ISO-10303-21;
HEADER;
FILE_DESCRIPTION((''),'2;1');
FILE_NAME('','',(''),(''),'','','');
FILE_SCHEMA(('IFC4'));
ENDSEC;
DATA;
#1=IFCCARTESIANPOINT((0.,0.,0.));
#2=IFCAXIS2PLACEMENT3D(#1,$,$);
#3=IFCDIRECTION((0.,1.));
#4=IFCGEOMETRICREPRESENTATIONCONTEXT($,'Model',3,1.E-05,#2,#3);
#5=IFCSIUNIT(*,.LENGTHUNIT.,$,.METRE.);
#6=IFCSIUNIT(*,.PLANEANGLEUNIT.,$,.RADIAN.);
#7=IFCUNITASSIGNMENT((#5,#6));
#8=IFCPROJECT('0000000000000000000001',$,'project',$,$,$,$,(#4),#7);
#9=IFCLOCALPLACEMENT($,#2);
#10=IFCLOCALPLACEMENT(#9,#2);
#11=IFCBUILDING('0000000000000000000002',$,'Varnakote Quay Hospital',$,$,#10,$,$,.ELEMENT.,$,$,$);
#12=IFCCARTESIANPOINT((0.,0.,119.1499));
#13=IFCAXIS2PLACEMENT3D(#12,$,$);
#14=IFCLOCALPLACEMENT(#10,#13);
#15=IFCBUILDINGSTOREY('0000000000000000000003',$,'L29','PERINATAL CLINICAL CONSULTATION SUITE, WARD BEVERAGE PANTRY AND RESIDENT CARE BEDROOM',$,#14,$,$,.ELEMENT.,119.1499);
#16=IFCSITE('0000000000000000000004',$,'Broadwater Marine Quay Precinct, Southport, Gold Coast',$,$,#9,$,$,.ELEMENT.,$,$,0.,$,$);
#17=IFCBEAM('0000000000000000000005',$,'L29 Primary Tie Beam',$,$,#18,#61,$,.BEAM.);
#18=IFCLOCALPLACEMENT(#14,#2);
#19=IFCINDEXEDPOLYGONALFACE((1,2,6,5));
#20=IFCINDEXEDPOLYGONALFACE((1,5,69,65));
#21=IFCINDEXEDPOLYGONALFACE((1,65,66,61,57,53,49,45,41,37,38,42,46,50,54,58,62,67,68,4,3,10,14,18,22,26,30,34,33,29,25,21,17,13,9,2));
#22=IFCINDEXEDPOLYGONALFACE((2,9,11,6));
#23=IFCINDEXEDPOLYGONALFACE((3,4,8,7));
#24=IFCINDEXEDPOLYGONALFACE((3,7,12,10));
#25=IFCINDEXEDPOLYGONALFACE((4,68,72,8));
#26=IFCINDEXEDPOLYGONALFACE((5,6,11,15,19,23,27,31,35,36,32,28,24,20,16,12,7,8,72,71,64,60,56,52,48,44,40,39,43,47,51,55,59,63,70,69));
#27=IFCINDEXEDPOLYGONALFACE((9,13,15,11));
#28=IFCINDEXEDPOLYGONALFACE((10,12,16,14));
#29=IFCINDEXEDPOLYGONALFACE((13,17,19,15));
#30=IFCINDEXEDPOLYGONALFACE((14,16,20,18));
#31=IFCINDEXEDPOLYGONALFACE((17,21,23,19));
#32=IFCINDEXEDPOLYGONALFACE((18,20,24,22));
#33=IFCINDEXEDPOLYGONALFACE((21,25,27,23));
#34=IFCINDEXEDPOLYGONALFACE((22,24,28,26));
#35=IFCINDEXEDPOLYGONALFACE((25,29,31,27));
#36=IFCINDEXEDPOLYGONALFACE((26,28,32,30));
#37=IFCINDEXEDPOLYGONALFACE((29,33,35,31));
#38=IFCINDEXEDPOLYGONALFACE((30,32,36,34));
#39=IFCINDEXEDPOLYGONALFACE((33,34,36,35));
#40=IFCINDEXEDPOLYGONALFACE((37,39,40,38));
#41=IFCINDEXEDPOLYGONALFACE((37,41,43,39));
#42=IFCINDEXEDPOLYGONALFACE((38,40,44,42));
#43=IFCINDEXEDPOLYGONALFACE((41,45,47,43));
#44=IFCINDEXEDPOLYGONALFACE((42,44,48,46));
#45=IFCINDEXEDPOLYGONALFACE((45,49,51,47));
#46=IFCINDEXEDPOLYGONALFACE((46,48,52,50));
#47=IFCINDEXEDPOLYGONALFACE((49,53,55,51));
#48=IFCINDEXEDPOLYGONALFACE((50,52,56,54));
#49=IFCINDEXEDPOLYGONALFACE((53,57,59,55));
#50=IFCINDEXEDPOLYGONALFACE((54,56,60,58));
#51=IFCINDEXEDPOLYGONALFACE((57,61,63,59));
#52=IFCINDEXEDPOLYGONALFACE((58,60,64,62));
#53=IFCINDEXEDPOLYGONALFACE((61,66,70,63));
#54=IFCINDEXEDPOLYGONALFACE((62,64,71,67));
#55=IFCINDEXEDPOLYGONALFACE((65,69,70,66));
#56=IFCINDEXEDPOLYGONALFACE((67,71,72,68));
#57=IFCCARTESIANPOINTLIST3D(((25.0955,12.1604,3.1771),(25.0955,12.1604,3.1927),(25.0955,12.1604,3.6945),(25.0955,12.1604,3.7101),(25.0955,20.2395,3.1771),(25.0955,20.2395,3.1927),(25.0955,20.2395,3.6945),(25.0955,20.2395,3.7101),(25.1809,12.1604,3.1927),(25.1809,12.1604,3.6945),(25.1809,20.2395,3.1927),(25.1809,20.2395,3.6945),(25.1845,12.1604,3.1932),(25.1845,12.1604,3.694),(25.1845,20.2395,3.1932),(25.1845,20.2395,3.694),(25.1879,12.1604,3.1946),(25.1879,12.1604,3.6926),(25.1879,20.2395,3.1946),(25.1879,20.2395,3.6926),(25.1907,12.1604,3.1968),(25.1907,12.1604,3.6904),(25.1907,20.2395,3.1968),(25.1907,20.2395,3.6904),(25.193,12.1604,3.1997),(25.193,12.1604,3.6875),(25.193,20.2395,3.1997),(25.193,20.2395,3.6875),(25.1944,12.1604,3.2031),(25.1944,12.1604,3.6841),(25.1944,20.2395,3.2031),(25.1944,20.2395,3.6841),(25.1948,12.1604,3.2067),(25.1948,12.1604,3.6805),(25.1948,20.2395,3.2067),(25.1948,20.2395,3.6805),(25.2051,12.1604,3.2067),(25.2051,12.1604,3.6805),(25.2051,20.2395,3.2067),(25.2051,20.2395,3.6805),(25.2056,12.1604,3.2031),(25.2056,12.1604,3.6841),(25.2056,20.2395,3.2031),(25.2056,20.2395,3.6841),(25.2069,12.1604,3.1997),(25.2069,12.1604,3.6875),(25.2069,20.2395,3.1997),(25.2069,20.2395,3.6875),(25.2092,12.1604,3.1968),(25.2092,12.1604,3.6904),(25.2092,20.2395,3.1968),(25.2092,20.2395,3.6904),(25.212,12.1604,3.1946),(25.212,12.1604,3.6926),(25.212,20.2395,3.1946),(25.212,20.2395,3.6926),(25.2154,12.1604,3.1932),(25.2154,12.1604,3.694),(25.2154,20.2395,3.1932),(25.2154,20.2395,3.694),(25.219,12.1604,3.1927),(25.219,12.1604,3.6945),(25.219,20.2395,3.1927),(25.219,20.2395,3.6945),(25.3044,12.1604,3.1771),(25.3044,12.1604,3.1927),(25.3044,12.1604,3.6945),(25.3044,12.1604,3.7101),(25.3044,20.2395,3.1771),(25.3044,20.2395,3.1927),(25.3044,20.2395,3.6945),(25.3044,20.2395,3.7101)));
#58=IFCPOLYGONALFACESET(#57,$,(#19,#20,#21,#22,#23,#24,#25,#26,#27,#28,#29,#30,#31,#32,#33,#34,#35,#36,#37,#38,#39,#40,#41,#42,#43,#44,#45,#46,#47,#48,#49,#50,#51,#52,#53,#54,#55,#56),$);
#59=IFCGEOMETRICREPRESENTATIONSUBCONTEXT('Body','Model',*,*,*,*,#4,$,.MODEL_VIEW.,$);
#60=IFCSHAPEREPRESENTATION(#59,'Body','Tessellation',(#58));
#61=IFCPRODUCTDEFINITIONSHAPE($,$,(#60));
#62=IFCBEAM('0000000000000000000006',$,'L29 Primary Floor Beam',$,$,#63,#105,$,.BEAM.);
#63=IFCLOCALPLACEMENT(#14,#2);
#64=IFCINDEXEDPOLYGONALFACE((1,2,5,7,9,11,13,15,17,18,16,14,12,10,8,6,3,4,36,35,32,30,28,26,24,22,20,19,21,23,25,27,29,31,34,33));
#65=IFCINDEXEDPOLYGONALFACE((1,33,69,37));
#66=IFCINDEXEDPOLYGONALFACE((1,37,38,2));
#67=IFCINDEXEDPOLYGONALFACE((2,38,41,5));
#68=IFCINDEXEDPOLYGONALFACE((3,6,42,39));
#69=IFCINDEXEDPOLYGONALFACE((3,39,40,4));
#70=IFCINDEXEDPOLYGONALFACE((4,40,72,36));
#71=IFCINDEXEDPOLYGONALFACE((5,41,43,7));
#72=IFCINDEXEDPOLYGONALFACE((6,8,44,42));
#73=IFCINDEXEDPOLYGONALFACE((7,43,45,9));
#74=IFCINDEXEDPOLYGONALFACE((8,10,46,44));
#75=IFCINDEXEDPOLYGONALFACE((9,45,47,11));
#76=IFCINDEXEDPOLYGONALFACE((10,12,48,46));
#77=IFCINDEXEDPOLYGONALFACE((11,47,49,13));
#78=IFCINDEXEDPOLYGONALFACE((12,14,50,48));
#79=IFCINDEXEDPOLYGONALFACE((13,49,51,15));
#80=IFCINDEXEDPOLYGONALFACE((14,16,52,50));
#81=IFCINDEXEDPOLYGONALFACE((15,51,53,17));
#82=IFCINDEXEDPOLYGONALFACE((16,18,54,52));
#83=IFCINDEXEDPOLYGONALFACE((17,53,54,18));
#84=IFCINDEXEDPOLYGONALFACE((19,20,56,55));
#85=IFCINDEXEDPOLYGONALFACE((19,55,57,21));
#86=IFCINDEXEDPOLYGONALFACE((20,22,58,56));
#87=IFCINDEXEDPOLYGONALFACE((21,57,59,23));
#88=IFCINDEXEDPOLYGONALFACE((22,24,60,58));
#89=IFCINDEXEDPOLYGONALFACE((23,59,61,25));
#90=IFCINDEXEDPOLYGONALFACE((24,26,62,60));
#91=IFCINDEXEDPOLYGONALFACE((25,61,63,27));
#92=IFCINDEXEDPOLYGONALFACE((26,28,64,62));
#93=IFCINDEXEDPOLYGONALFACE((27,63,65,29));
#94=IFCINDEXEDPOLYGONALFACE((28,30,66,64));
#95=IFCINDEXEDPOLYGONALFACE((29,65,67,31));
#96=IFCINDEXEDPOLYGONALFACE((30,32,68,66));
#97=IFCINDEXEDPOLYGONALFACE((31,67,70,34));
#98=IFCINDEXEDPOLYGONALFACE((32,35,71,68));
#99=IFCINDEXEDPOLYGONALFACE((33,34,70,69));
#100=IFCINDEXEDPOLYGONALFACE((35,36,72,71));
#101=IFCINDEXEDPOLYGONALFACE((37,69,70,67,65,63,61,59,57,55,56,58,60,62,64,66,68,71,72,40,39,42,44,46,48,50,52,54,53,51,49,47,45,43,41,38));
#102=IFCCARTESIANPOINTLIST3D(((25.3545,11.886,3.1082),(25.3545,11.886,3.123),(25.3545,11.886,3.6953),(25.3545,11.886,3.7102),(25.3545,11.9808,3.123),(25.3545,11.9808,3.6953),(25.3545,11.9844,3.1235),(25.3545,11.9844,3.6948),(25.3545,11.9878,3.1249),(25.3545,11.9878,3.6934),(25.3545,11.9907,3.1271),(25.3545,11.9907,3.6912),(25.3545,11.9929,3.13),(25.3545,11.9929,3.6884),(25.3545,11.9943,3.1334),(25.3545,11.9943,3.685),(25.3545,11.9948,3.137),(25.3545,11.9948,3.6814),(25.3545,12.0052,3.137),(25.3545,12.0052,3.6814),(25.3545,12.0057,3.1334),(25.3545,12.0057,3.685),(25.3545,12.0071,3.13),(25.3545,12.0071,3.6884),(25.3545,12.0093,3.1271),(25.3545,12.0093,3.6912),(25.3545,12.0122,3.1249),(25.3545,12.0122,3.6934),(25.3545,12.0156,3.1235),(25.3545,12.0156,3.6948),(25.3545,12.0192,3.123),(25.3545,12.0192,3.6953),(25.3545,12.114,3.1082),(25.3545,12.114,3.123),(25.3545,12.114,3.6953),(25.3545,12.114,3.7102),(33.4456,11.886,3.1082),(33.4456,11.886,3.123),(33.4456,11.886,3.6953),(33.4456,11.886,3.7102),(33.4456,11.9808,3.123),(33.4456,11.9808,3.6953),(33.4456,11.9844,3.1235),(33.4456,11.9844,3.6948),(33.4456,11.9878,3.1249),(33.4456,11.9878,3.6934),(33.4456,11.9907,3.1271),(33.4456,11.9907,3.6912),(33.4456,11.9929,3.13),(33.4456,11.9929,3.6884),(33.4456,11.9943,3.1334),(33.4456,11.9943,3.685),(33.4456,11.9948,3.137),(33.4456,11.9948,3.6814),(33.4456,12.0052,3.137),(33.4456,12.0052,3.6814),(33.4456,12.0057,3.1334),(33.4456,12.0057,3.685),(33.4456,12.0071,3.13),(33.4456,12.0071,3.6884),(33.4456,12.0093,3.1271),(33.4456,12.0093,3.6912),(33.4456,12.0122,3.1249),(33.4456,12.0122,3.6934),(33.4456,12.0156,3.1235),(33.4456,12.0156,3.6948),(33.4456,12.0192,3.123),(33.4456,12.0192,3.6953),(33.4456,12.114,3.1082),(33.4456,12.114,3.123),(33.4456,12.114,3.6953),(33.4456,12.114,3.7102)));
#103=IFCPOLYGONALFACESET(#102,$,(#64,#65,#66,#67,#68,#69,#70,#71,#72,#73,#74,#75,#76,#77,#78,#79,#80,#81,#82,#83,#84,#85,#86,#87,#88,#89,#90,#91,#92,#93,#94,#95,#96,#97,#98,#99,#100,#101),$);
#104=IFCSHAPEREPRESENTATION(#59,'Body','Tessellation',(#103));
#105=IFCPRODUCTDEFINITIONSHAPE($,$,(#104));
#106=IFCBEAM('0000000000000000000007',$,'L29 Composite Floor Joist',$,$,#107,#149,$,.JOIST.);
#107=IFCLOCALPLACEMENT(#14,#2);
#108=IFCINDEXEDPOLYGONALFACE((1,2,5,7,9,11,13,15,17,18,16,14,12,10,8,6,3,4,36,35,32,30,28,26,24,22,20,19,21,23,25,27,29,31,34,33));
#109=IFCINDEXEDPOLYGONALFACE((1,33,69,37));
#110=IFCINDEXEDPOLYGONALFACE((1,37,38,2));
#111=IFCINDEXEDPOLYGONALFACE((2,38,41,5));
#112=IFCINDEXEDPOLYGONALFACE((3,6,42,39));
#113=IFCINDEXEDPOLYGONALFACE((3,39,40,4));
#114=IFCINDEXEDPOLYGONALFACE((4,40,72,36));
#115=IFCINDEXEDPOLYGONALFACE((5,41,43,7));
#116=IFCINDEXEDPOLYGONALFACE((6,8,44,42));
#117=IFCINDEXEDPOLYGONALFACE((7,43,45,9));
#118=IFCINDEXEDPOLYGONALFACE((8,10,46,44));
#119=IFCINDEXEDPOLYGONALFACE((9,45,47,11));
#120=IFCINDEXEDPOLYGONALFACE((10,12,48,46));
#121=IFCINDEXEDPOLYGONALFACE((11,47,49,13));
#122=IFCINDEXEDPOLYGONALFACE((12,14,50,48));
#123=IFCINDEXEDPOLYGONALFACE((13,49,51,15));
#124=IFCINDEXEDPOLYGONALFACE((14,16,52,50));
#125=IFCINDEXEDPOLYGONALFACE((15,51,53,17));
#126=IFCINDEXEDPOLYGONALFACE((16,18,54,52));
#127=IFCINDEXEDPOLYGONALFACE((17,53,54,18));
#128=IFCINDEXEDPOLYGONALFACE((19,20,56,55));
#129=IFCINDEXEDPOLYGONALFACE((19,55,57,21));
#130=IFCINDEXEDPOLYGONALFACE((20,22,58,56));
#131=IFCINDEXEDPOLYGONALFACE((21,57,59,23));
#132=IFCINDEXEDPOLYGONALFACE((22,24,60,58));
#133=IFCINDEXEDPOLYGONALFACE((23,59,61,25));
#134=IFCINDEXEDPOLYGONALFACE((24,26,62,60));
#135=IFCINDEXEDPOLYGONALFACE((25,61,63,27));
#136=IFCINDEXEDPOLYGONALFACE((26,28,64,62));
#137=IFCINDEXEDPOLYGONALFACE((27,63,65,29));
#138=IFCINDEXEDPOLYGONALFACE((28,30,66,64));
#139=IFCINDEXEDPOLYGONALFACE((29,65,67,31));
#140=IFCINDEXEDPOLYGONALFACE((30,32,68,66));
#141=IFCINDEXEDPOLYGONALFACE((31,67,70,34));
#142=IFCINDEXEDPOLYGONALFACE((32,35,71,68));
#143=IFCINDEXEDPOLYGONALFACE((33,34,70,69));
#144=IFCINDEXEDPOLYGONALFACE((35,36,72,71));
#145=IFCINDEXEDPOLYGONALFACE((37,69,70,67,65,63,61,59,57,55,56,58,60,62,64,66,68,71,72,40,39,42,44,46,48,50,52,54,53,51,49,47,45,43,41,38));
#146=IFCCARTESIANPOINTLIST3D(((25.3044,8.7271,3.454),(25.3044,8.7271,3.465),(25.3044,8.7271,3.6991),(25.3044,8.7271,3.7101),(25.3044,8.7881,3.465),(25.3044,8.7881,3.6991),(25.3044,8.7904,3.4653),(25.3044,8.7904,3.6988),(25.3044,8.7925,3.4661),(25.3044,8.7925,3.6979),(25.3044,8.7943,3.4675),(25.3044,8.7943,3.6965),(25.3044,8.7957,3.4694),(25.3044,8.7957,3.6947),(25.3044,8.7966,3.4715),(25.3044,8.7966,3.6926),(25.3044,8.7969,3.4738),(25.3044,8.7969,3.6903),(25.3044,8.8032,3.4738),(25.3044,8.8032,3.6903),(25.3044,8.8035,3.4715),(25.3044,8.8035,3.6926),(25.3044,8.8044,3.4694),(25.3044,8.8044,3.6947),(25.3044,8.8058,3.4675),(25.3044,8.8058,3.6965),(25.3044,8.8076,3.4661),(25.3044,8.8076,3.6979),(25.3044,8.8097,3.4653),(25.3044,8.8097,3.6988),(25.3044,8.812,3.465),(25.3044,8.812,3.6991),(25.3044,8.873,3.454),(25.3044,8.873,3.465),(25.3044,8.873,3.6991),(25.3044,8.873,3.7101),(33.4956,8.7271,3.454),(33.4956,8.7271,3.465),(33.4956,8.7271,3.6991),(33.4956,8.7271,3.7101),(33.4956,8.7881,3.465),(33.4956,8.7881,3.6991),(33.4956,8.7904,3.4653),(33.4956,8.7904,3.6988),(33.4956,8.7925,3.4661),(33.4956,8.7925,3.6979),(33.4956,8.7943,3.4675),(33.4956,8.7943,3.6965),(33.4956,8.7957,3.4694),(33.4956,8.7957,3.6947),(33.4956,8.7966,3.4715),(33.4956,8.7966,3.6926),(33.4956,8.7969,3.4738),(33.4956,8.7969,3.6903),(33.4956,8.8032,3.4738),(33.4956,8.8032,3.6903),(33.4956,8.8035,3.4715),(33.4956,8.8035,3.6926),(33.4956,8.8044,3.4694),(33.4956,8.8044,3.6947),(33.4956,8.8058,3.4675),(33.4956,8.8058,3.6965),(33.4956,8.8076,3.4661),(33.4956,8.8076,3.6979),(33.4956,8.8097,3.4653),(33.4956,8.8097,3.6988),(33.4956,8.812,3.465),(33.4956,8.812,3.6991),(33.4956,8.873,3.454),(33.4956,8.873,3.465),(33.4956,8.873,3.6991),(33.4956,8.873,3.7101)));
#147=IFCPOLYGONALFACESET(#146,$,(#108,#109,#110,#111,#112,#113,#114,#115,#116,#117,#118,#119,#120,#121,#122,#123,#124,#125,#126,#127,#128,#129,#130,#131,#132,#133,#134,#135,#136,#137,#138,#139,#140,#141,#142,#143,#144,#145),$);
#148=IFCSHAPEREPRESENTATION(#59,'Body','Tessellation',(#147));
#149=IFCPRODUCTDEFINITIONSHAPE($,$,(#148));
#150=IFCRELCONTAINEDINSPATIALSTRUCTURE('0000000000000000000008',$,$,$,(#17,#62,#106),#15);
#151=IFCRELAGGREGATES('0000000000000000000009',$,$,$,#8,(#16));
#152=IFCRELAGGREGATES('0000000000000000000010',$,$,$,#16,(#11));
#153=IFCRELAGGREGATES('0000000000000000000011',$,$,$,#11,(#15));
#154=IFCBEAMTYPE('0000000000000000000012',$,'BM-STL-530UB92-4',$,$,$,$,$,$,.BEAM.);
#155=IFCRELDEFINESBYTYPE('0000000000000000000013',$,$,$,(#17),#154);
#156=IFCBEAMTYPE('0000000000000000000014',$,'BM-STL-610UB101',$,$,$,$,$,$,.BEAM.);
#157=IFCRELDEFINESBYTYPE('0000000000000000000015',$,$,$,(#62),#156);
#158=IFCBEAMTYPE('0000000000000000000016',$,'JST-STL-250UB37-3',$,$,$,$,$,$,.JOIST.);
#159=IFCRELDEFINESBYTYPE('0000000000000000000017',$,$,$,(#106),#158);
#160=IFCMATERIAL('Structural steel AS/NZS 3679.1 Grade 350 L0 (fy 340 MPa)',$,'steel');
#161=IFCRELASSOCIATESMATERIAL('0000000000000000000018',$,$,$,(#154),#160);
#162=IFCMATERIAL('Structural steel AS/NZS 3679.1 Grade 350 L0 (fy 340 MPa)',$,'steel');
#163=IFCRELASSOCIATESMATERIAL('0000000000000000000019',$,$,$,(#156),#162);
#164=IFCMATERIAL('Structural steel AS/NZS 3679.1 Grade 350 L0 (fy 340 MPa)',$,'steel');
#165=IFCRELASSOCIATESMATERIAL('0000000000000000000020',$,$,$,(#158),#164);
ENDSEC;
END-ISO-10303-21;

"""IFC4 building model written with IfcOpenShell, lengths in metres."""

from ifc_helpers import new_model, si_unit, direction, frame, origin, origin_2d, place, context, subcontext, project, spatial, i_section, extrude, material, material_profile, profile_set, type_object, element, save


model = new_model("IFC4")

# Units and contexts
model_context = context("Model", 3, precision=1e-05, world=origin(), true_north=direction((0.0, 1.0)))
body_context = subcontext(model_context, "Body", "Model", "MODEL_VIEW")
ifc_project = project(units=[si_unit("LENGTHUNIT", "METRE"), si_unit("PLANEANGLEUNIT", "RADIAN")], contexts=[model_context])

# Site, building, storey
site_placement = place(None, origin())
site = spatial("IfcSite", under=ifc_project, at=site_placement, Name="Broadwater Marine Quay Precinct, Southport, Gold Coast", CompositionType="ELEMENT", RefElevation=0.0)
building_placement = place(site_placement, origin())
building = spatial("IfcBuilding", under=site, at=building_placement, Name="Varnakote Quay Hospital", CompositionType="ELEMENT")
storey_placement = place(building_placement, frame((0.0, 0.0, 119.1499)))
storey = spatial("IfcBuildingStorey", under=building, at=storey_placement, Name="L29", Description="PERINATAL CLINICAL CONSULTATION SUITE, WARD BEVERAGE PANTRY AND RESIDENT CARE BEDROOM", CompositionType="ELEMENT", Elevation=119.1499)

# Beams
ifc_material_1 = material(Name="Structural steel AS/NZS 3679.1 Grade 350 L0 (fy 340 MPa)", Category="steel")
ifc_material_profile_1 = material_profile(ifc_material_1, i_section(OverallWidth=0.209, OverallDepth=0.533, WebThickness=0.0103, FlangeThickness=0.0156, FilletRadius=0.0139, at=origin_2d()), Name="530UB92.4")
ifc_profile_set_1 = profile_set([ifc_material_profile_1], Name="Structural steel AS/NZS 3679.1 Grade 350 L0 (fy 340 MPa)")
beam_type_1 = type_object("IfcBeamType", Name="BM-STL-530UB92-4", PredefinedType="BEAM", material=ifc_profile_set_1)
beam_1_placement = place(storey_placement, frame((25.2, 12.1604, 3.4436), z_axis=(0.0, 1.0, 0.0), x_axis=(-1.0, 0.0, 0.0)))
element("IfcBeam", 1, at=beam_1_placement, inside=storey, type_object=beam_type_1, Name="L29 Primary Tie Beam", PredefinedType="BEAM", context=body_context, shape_type="SweptSolid", body=[
    extrude(i_section(OverallWidth=0.209, OverallDepth=0.533, WebThickness=0.0103, FlangeThickness=0.0156, FilletRadius=0.0139, at=origin_2d()), origin(), (0.0, 0.0, 1.0), 8.0791),
])
ifc_material_2 = material(Name="Structural steel AS/NZS 3679.1 Grade 350 L0 (fy 340 MPa)", Category="steel")
ifc_material_profile_2 = material_profile(ifc_material_2, i_section(OverallWidth=0.228, OverallDepth=0.6021, WebThickness=0.0105, FlangeThickness=0.0149, FilletRadius=0.0139, at=origin_2d()), Name="610UB101")
ifc_profile_set_2 = profile_set([ifc_material_profile_2], Name="Structural steel AS/NZS 3679.1 Grade 350 L0 (fy 340 MPa)")
beam_type_2 = type_object("IfcBeamType", Name="BM-STL-610UB101", PredefinedType="BEAM", material=ifc_profile_set_2)
beam_2_placement = place(storey_placement, frame((25.3545, 12.0, 3.4092), z_axis=(1.0, 0.0, 0.0), x_axis=(0.0, 1.0, 0.0)))
element("IfcBeam", 2, at=beam_2_placement, inside=storey, type_object=beam_type_2, Name="L29 Primary Floor Beam", PredefinedType="BEAM", context=body_context, shape_type="SweptSolid", body=[
    extrude(i_section(OverallWidth=0.228, OverallDepth=0.6021, WebThickness=0.0105, FlangeThickness=0.0149, FilletRadius=0.0139, at=origin_2d()), origin(), (0.0, 0.0, 1.0), 8.0911),
])
ifc_material_3 = material(Name="Structural steel AS/NZS 3679.1 Grade 350 L0 (fy 340 MPa)", Category="steel")
ifc_material_profile_3 = material_profile(ifc_material_3, i_section(OverallWidth=0.146, OverallDepth=0.2561, WebThickness=0.0063, FlangeThickness=0.011, FilletRadius=0.0088, at=origin_2d()), Name="250UB37.3")
ifc_profile_set_3 = profile_set([ifc_material_profile_3], Name="Structural steel AS/NZS 3679.1 Grade 350 L0 (fy 340 MPa)")
beam_type_3 = type_object("IfcBeamType", Name="JST-STL-250UB37-3", PredefinedType="JOIST", material=ifc_profile_set_3)
beam_3_placement = place(storey_placement, frame((25.3044, 8.8, 3.582), z_axis=(1.0, 0.0, 0.0), x_axis=(0.0, 1.0, 0.0)))
element("IfcBeam", 3, at=beam_3_placement, inside=storey, type_object=beam_type_3, Name="L29 Composite Floor Joist", PredefinedType="JOIST", context=body_context, shape_type="SweptSolid", body=[
    extrude(i_section(OverallWidth=0.146, OverallDepth=0.2561, WebThickness=0.0063, FlangeThickness=0.011, FilletRadius=0.0088, at=origin_2d()), origin(), (0.0, 0.0, 1.0), 8.1912),
])

save(model, "model.ifc")
